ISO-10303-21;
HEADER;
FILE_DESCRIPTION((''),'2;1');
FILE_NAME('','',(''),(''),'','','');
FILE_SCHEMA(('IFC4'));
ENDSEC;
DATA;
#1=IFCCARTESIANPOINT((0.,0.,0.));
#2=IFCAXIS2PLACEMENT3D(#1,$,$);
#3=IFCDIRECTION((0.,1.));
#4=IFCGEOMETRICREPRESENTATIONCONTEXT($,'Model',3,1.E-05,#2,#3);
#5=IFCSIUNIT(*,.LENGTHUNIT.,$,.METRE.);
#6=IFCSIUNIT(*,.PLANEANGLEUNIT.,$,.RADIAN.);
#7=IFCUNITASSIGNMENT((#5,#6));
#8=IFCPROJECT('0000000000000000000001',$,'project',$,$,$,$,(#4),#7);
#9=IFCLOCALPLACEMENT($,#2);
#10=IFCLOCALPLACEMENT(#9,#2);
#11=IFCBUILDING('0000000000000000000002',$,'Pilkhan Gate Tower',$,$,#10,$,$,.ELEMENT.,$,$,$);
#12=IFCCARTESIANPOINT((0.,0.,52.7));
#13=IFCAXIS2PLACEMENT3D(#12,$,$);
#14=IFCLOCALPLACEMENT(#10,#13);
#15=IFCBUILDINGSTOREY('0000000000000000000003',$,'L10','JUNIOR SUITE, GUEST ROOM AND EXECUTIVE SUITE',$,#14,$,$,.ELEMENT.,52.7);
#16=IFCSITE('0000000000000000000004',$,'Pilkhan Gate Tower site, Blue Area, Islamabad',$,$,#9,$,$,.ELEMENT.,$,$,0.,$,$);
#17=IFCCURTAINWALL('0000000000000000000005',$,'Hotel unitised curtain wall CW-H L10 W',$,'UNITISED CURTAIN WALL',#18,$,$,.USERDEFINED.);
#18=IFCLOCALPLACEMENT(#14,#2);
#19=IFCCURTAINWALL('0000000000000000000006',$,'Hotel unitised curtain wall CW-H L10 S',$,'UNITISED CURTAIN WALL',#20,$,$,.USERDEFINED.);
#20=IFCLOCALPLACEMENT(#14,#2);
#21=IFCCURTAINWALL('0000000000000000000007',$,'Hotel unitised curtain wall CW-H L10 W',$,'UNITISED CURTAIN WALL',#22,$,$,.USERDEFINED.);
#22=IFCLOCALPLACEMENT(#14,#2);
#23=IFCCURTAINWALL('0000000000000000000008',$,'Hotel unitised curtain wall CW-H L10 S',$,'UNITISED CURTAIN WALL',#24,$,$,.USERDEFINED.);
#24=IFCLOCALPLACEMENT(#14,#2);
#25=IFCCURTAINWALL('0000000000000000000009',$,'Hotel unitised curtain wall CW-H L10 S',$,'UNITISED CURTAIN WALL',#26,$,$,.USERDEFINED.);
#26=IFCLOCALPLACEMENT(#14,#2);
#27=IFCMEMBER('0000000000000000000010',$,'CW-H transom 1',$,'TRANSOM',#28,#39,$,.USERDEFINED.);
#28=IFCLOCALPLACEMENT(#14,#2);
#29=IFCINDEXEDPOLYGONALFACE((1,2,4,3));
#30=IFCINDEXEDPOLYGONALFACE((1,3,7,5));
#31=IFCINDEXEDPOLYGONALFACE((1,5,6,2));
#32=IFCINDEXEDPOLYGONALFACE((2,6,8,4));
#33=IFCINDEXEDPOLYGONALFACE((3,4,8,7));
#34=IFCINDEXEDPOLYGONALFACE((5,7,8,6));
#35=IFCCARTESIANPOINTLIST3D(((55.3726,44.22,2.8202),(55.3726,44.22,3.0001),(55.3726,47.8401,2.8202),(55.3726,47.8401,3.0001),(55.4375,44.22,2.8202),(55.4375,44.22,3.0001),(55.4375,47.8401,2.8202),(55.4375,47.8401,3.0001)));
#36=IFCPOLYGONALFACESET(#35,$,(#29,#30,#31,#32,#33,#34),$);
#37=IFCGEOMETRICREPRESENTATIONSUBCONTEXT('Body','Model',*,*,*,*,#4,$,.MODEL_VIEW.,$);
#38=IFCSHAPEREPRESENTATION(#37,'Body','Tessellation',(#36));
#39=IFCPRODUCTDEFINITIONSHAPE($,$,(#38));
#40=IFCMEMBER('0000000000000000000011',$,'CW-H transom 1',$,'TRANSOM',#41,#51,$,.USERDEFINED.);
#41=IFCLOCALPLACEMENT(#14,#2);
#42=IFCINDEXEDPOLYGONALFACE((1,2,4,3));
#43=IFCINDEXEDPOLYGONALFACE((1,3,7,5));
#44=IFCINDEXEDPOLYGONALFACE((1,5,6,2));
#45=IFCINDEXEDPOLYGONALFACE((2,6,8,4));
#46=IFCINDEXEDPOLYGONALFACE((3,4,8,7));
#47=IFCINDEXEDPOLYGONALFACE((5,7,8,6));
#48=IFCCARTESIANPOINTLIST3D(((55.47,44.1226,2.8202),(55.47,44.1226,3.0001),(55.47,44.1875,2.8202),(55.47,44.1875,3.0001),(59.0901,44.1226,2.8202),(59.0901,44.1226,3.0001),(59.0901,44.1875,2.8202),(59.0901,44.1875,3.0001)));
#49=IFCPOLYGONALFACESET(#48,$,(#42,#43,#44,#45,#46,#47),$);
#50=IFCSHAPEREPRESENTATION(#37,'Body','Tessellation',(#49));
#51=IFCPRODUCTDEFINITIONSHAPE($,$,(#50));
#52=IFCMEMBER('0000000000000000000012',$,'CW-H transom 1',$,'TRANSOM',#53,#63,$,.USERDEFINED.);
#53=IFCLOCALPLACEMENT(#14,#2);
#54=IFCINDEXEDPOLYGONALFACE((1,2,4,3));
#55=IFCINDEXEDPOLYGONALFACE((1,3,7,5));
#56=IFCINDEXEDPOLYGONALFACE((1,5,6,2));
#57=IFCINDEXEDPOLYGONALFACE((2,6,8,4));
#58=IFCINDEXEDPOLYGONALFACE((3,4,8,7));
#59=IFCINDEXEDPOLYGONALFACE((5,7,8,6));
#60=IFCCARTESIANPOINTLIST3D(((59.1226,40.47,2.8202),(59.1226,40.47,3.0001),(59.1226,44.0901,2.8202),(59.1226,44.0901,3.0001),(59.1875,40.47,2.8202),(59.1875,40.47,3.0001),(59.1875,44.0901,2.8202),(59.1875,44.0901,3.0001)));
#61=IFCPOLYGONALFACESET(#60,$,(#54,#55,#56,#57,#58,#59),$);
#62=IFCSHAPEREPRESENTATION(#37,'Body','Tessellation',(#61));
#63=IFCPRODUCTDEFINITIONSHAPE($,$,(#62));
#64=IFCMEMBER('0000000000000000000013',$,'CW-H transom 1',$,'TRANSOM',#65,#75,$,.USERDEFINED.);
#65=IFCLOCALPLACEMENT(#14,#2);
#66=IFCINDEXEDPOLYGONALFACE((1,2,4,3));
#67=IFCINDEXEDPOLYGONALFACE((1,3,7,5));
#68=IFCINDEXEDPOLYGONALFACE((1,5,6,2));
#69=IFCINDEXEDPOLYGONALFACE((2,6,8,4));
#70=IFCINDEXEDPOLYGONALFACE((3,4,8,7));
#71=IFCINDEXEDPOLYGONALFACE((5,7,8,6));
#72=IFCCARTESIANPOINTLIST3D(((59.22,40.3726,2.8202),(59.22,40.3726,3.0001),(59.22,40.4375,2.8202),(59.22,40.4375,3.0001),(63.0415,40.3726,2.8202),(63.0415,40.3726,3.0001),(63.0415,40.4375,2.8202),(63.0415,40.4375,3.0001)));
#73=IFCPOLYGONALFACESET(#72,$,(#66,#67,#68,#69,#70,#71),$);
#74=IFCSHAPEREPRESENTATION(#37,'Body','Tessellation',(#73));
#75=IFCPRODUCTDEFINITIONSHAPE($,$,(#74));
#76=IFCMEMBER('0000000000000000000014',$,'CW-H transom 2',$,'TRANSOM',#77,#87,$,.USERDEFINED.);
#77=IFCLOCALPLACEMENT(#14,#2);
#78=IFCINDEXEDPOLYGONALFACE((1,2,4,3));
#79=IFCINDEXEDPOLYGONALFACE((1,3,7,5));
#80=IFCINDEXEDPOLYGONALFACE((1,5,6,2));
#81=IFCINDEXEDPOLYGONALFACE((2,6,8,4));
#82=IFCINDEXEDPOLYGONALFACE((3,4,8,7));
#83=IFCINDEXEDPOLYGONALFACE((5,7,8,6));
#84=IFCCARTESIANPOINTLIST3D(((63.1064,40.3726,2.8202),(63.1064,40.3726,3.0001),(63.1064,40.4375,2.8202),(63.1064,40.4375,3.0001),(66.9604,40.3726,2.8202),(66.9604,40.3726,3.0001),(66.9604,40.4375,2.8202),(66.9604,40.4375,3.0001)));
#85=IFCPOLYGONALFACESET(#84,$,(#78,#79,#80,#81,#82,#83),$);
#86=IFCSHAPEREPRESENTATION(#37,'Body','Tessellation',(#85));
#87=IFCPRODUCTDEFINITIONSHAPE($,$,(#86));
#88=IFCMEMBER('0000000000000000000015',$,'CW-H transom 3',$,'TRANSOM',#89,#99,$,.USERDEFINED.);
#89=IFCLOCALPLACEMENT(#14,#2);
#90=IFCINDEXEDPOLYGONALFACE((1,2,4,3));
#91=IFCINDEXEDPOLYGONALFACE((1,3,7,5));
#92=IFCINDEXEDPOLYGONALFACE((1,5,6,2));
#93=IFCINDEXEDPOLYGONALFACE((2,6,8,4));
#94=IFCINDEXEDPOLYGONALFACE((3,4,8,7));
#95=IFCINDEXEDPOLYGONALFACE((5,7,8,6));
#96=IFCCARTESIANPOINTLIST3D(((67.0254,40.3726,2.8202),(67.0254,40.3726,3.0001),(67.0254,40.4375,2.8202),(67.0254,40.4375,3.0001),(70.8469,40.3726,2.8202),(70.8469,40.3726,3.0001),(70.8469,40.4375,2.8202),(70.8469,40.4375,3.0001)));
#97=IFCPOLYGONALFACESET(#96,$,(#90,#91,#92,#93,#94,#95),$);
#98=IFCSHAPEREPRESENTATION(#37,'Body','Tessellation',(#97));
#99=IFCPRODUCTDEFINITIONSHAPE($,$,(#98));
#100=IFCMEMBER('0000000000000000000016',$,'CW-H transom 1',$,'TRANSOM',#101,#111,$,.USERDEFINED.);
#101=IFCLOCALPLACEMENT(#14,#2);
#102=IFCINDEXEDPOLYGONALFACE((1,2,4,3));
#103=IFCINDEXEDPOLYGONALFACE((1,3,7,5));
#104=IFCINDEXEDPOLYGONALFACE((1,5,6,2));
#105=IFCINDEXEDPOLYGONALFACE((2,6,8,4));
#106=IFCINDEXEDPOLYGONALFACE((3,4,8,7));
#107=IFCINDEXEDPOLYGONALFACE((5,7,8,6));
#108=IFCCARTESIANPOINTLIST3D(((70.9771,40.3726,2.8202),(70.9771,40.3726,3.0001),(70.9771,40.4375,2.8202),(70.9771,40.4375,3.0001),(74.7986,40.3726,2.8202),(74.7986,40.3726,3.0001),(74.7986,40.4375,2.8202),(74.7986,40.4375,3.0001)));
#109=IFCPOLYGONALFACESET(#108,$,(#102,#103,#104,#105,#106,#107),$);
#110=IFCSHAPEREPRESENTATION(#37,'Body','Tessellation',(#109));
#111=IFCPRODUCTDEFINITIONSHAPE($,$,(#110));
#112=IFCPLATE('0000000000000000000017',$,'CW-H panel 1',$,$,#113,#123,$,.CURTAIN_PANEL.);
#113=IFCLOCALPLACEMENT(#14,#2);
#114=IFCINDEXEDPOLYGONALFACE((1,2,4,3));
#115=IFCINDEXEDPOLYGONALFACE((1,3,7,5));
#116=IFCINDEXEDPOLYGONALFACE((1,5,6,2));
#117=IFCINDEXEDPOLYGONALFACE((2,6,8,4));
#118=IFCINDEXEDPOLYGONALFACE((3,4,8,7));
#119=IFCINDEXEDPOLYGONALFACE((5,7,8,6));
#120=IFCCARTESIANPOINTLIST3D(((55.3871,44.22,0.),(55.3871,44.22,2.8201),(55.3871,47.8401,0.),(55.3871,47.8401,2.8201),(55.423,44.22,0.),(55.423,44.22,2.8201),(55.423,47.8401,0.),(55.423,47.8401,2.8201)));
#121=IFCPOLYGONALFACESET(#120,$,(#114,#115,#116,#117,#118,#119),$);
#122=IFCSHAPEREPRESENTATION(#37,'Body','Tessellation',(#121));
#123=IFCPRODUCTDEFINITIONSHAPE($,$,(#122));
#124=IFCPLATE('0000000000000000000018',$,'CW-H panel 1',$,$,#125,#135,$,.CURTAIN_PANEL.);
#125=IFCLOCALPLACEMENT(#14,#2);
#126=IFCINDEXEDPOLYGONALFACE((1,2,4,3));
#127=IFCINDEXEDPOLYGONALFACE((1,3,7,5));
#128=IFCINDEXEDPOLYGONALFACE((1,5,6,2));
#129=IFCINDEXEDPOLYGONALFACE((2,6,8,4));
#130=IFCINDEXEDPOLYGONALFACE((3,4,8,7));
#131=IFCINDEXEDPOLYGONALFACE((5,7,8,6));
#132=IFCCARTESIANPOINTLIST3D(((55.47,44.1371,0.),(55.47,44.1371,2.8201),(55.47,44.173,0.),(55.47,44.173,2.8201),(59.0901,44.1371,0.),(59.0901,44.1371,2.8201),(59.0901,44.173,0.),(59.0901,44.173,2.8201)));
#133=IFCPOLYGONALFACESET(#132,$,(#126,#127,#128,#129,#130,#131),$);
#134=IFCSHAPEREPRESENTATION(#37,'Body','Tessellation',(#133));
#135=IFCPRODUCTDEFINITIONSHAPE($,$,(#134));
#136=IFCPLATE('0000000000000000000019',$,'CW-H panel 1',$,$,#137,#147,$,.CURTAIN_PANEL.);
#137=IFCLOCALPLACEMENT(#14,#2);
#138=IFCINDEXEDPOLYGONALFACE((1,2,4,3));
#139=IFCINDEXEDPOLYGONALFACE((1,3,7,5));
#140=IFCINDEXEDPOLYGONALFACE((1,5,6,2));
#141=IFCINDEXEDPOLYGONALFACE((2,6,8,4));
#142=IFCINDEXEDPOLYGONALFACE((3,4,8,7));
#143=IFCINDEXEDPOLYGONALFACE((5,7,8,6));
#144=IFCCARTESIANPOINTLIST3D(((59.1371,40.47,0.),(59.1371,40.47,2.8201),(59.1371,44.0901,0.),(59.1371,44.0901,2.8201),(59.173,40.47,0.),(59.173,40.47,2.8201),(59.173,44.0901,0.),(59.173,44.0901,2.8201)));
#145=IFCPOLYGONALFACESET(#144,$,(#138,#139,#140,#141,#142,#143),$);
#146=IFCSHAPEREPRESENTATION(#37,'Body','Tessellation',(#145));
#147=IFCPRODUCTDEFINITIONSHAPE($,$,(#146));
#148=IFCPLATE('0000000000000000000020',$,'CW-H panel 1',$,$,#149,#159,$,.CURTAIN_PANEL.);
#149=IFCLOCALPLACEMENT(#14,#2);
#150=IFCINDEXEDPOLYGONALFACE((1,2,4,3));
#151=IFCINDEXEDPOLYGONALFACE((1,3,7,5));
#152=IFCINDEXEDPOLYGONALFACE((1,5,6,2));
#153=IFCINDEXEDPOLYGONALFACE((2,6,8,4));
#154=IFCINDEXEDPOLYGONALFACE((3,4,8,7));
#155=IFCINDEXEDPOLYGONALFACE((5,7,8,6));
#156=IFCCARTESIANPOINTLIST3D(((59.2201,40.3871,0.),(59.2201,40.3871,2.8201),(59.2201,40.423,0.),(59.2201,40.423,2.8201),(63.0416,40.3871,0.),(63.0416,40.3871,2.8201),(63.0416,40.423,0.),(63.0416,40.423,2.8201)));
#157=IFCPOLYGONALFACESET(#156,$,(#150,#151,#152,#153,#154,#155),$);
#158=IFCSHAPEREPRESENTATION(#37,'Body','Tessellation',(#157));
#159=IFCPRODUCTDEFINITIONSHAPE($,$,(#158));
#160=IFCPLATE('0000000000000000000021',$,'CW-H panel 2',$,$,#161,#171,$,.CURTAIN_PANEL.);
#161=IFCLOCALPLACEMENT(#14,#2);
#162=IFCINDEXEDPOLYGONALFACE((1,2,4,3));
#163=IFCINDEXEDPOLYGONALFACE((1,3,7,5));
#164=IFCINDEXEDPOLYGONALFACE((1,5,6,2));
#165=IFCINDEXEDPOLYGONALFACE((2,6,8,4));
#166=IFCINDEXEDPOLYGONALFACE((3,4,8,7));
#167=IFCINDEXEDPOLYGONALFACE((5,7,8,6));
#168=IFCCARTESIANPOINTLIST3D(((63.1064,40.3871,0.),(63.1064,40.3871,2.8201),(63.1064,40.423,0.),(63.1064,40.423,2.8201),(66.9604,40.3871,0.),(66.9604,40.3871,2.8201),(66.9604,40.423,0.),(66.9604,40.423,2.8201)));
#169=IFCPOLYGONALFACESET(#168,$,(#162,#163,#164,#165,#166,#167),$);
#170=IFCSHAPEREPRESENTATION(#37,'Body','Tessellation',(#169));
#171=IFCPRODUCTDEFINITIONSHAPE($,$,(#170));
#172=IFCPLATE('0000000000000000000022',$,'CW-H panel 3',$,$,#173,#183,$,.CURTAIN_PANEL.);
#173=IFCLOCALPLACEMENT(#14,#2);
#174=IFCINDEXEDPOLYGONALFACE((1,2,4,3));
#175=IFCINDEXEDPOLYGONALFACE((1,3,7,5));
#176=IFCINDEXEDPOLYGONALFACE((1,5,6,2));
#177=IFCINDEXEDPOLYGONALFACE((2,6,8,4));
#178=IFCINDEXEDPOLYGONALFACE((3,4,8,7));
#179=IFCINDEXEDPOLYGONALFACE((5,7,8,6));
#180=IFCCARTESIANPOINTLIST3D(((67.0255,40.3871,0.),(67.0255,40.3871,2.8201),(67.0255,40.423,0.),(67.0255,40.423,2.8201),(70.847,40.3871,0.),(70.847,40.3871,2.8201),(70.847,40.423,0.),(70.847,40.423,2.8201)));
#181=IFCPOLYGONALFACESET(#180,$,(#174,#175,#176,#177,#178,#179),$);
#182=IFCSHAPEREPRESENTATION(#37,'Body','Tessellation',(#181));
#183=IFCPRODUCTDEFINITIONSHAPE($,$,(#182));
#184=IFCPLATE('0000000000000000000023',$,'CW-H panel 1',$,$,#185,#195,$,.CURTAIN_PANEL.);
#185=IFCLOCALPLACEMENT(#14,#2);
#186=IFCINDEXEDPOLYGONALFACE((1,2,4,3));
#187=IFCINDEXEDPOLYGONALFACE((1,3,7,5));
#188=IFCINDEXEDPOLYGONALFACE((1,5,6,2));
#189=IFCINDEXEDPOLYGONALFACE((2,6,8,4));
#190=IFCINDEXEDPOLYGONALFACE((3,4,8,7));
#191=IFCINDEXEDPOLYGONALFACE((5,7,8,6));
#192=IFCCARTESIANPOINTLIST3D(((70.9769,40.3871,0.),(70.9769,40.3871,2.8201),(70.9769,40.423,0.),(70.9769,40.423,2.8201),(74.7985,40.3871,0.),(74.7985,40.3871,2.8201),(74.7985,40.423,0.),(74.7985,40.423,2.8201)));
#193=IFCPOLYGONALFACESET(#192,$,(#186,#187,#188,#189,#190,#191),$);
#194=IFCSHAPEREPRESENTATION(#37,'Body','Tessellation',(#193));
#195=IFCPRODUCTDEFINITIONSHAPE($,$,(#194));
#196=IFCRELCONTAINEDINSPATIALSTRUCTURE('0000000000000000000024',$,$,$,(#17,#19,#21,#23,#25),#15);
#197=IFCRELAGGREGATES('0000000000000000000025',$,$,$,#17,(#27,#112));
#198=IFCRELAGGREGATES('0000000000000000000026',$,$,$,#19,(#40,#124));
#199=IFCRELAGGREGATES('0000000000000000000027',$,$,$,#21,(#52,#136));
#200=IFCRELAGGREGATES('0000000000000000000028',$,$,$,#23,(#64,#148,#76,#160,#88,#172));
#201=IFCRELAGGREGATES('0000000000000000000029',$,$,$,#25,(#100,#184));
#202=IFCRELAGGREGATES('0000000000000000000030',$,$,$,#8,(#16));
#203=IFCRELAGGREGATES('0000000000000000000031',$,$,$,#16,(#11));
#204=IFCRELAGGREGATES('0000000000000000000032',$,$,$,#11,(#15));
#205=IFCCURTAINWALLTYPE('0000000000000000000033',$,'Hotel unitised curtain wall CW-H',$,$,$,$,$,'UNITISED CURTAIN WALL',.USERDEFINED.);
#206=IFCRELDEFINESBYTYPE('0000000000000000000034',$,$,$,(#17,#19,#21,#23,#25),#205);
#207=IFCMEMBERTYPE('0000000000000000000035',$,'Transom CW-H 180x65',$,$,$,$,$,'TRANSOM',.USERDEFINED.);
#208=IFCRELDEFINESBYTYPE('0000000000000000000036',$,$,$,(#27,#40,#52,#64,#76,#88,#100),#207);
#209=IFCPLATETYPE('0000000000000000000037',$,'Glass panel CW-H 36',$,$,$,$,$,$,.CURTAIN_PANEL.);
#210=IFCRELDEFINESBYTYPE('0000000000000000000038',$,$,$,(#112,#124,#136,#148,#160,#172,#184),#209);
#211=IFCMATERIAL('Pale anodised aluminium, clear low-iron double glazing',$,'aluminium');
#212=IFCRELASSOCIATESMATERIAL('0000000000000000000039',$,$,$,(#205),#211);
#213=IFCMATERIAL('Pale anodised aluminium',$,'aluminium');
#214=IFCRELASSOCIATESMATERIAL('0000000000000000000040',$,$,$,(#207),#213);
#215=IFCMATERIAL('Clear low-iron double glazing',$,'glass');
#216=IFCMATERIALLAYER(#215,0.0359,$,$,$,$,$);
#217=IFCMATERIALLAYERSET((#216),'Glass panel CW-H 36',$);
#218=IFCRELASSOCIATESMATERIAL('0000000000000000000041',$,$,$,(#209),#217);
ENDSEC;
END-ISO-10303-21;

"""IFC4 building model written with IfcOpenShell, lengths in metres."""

from ifc_helpers import new_model, si_unit, direction, frame, origin, origin_2d, place, context, subcontext, project, spatial, rectangle, extrude, material, layer, layer_set, material_profile, profile_set, type_object, element, aggregate, save


model = new_model("IFC4")

# Units and contexts
model_context = context("Model", 3, precision=1e-05, world=origin(), true_north=direction((0.0, 1.0)))
body_context = subcontext(model_context, "Body", "Model", "MODEL_VIEW")
ifc_project = project(units=[si_unit("LENGTHUNIT", "METRE"), si_unit("PLANEANGLEUNIT", "RADIAN")], contexts=[model_context])

# Site, building, storey
site_placement = place(None, origin())
site = spatial("IfcSite", under=ifc_project, at=site_placement, Name="Pilkhan Gate Tower site, Blue Area, Islamabad", CompositionType="ELEMENT", RefElevation=0.0)
building_placement = place(site_placement, origin())
building = spatial("IfcBuilding", under=site, at=building_placement, Name="Pilkhan Gate Tower", CompositionType="ELEMENT")
storey_placement = place(building_placement, frame((0.0, 0.0, 52.7)))
storey = spatial("IfcBuildingStorey", under=building, at=storey_placement, Name="L10", Description="JUNIOR SUITE, GUEST ROOM AND EXECUTIVE SUITE", CompositionType="ELEMENT", Elevation=52.7)

# Curtain wall
ifc_material_1 = material(Name="Pale anodised aluminium, clear low-iron double glazing", Category="aluminium")
curtain_wall_type = type_object("IfcCurtainWallType", Name="Hotel unitised curtain wall CW-H", ElementType="UNITISED CURTAIN WALL", PredefinedType="USERDEFINED", material=ifc_material_1)
curtain_wall_1_placement = place(storey_placement, origin())
curtain_wall_1 = element("IfcCurtainWall", 1, at=curtain_wall_1_placement, inside=storey, type_object=curtain_wall_type, Name="Hotel unitised curtain wall CW-H L10 W", ObjectType="UNITISED CURTAIN WALL", PredefinedType="USERDEFINED")
ifc_material_2 = material(Name="Pale anodised aluminium", Category="aluminium")

# Curtain walls
curtain_wall_2_placement = place(storey_placement, origin())
curtain_wall_2 = element("IfcCurtainWall", 2, at=curtain_wall_2_placement, inside=storey, type_object=curtain_wall_type, Name="Hotel unitised curtain wall CW-H L10 S", ObjectType="UNITISED CURTAIN WALL", PredefinedType="USERDEFINED")
curtain_wall_3_placement = place(storey_placement, origin())
curtain_wall_3 = element("IfcCurtainWall", 3, at=curtain_wall_3_placement, inside=storey, type_object=curtain_wall_type, Name="Hotel unitised curtain wall CW-H L10 W", ObjectType="UNITISED CURTAIN WALL", PredefinedType="USERDEFINED")
curtain_wall_4_placement = place(storey_placement, origin())
curtain_wall_4 = element("IfcCurtainWall", 4, at=curtain_wall_4_placement, inside=storey, type_object=curtain_wall_type, Name="Hotel unitised curtain wall CW-H L10 S", ObjectType="UNITISED CURTAIN WALL", PredefinedType="USERDEFINED")

# Curtain wall
curtain_wall_5_placement = place(storey_placement, origin())
curtain_wall_5 = element("IfcCurtainWall", 5, at=curtain_wall_5_placement, inside=storey, type_object=curtain_wall_type, Name="Hotel unitised curtain wall CW-H L10 S", ObjectType="UNITISED CURTAIN WALL", PredefinedType="USERDEFINED")

# Members
ifc_material_profile_1 = material_profile(ifc_material_2, rectangle(XDim=0.0649, YDim=0.1799, at=origin_2d()), Name="Transom 180x65")
ifc_profile_set_1 = profile_set([ifc_material_profile_1], Name="Pale anodised aluminium")
member_type_1 = type_object("IfcMemberType", Name="Transom CW-H 180x65", ElementType="TRANSOM", PredefinedType="USERDEFINED", material=ifc_profile_set_1)
member_1_placement = place(storey_placement, frame((55.405, 44.22, 2.9102), z_axis=(0.0, 1.0, 0.0), x_axis=(-1.0, 0.0, 0.0)))
member_1 = element("IfcMember", 6, at=member_1_placement, type_object=member_type_1, Name="CW-H transom 1", ObjectType="TRANSOM", PredefinedType="USERDEFINED", context=body_context, shape_type="SweptSolid", body=[
    extrude(rectangle(XDim=0.0649, YDim=0.1799, at=origin_2d()), origin(), (0.0, 0.0, 1.0), 3.6201),
])
member_2_placement = place(storey_placement, frame((55.47, 44.155, 2.9102), z_axis=(1.0, 0.0, 0.0), x_axis=(0.0, 1.0, 0.0)))
member_2 = element("IfcMember", 7, at=member_2_placement, type_object=member_type_1, Name="CW-H transom 1", ObjectType="TRANSOM", PredefinedType="USERDEFINED", context=body_context, shape_type="SweptSolid", body=[
    extrude(rectangle(XDim=0.0649, YDim=0.1799, at=origin_2d()), origin(), (0.0, 0.0, 1.0), 3.6201),
])
member_3_placement = place(storey_placement, frame((59.155, 40.47, 2.9102), z_axis=(0.0, 1.0, 0.0), x_axis=(-1.0, 0.0, 0.0)))
member_3 = element("IfcMember", 8, at=member_3_placement, type_object=member_type_1, Name="CW-H transom 1", ObjectType="TRANSOM", PredefinedType="USERDEFINED", context=body_context, shape_type="SweptSolid", body=[
    extrude(rectangle(XDim=0.0649, YDim=0.1799, at=origin_2d()), origin(), (0.0, 0.0, 1.0), 3.6201),
])
member_4_placement = place(storey_placement, frame((59.22, 40.405, 2.9102), z_axis=(1.0, 0.0, 0.0), x_axis=(0.0, 1.0, 0.0)))
member_4 = element("IfcMember", 9, at=member_4_placement, type_object=member_type_1, Name="CW-H transom 1", ObjectType="TRANSOM", PredefinedType="USERDEFINED", context=body_context, shape_type="SweptSolid", body=[
    extrude(rectangle(XDim=0.0649, YDim=0.1799, at=origin_2d()), origin(), (0.0, 0.0, 1.0), 3.8215),
])
member_5_placement = place(storey_placement, frame((63.1064, 40.405, 2.9102), z_axis=(1.0, 0.0, 0.0), x_axis=(0.0, 1.0, 0.0)))
member_5 = element("IfcMember", 10, at=member_5_placement, type_object=member_type_1, Name="CW-H transom 2", ObjectType="TRANSOM", PredefinedType="USERDEFINED", context=body_context, shape_type="SweptSolid", body=[
    extrude(rectangle(XDim=0.0649, YDim=0.1799, at=origin_2d()), origin(), (0.0, 0.0, 1.0), 3.854),
])
member_6_placement = place(storey_placement, frame((67.0254, 40.405, 2.9102), z_axis=(1.0, 0.0, 0.0), x_axis=(0.0, 1.0, 0.0)))
member_6 = element("IfcMember", 11, at=member_6_placement, type_object=member_type_1, Name="CW-H transom 3", ObjectType="TRANSOM", PredefinedType="USERDEFINED", context=body_context, shape_type="SweptSolid", body=[
    extrude(rectangle(XDim=0.0649, YDim=0.1799, at=origin_2d()), origin(), (0.0, 0.0, 1.0), 3.8215),
])
member_7_placement = place(storey_placement, frame((70.9771, 40.405, 2.9102), z_axis=(1.0, 0.0, 0.0), x_axis=(0.0, 1.0, 0.0)))
member_7 = element("IfcMember", 12, at=member_7_placement, type_object=member_type_1, Name="CW-H transom 1", ObjectType="TRANSOM", PredefinedType="USERDEFINED", context=body_context, shape_type="SweptSolid", body=[
    extrude(rectangle(XDim=0.0649, YDim=0.1799, at=origin_2d()), origin(), (0.0, 0.0, 1.0), 3.8215),
])

# Plates
ifc_material_3 = material(Name="Clear low-iron double glazing", Category="glass")
ifc_layer_1 = layer(ifc_material_3, 0.0359)
ifc_layer_set_1 = layer_set([ifc_layer_1], Name="Glass panel CW-H 36")
plate_type = type_object("IfcPlateType", Name="Glass panel CW-H 36", PredefinedType="CURTAIN_PANEL", material=ifc_layer_set_1)
plate_1_placement = place(storey_placement, frame((55.405, 46.03, 0.0), z_axis=(0.0, 0.0, 1.0), x_axis=(0.0, 1.0, 0.0)))
plate_1 = element("IfcPlate", 13, at=plate_1_placement, type_object=plate_type, Name="CW-H panel 1", PredefinedType="CURTAIN_PANEL", context=body_context, shape_type="SweptSolid", body=[
    extrude(rectangle(XDim=3.6201, YDim=0.0359, at=origin_2d()), origin(), (0.0, 0.0, 1.0), 2.8201),
])
aggregate(curtain_wall_1, [member_1, plate_1])
plate_2_placement = place(storey_placement, frame((57.28, 44.155, 0.0), z_axis=(0.0, 0.0, 1.0), x_axis=(1.0, 0.0, 0.0)))
plate_2 = element("IfcPlate", 14, at=plate_2_placement, type_object=plate_type, Name="CW-H panel 1", PredefinedType="CURTAIN_PANEL", context=body_context, shape_type="SweptSolid", body=[
    extrude(rectangle(XDim=3.6201, YDim=0.0359, at=origin_2d()), origin(), (0.0, 0.0, 1.0), 2.8201),
])
aggregate(curtain_wall_2, [member_2, plate_2])
plate_3_placement = place(storey_placement, frame((59.155, 42.28, 0.0), z_axis=(0.0, 0.0, 1.0), x_axis=(0.0, 1.0, 0.0)))
plate_3 = element("IfcPlate", 15, at=plate_3_placement, type_object=plate_type, Name="CW-H panel 1", PredefinedType="CURTAIN_PANEL", context=body_context, shape_type="SweptSolid", body=[
    extrude(rectangle(XDim=3.6201, YDim=0.0359, at=origin_2d()), origin(), (0.0, 0.0, 1.0), 2.8201),
])
aggregate(curtain_wall_3, [member_3, plate_3])
plate_4_placement = place(storey_placement, frame((61.1309, 40.405, 0.0), z_axis=(0.0, 0.0, 1.0), x_axis=(1.0, 0.0, 0.0)))
plate_4 = element("IfcPlate", 16, at=plate_4_placement, type_object=plate_type, Name="CW-H panel 1", PredefinedType="CURTAIN_PANEL", context=body_context, shape_type="SweptSolid", body=[
    extrude(rectangle(XDim=3.8215, YDim=0.0359, at=origin_2d()), origin(), (0.0, 0.0, 1.0), 2.8201),
])
plate_5_placement = place(storey_placement, frame((65.0334, 40.405, 0.0), z_axis=(0.0, 0.0, 1.0), x_axis=(1.0, 0.0, 0.0)))
plate_5 = element("IfcPlate", 17, at=plate_5_placement, type_object=plate_type, Name="CW-H panel 2", PredefinedType="CURTAIN_PANEL", context=body_context, shape_type="SweptSolid", body=[
    extrude(rectangle(XDim=3.854, YDim=0.0359, at=origin_2d()), origin(), (0.0, 0.0, 1.0), 2.8201),
])
plate_6_placement = place(storey_placement, frame((68.9363, 40.405, 0.0), z_axis=(0.0, 0.0, 1.0), x_axis=(1.0, 0.0, 0.0)))
plate_6 = element("IfcPlate", 18, at=plate_6_placement, type_object=plate_type, Name="CW-H panel 3", PredefinedType="CURTAIN_PANEL", context=body_context, shape_type="SweptSolid", body=[
    extrude(rectangle(XDim=3.8215, YDim=0.0359, at=origin_2d()), origin(), (0.0, 0.0, 1.0), 2.8201),
])
aggregate(curtain_wall_4, [member_4, plate_4, member_5, plate_5, member_6, plate_6])
plate_7_placement = place(storey_placement, frame((72.8877, 40.405, 0.0), z_axis=(0.0, 0.0, 1.0), x_axis=(1.0, 0.0, 0.0)))
plate_7 = element("IfcPlate", 19, at=plate_7_placement, type_object=plate_type, Name="CW-H panel 1", PredefinedType="CURTAIN_PANEL", context=body_context, shape_type="SweptSolid", body=[
    extrude(rectangle(XDim=3.8215, YDim=0.0359, at=origin_2d()), origin(), (0.0, 0.0, 1.0), 2.8201),
])
aggregate(curtain_wall_5, [member_7, plate_7])

save(model, "model.ifc")
